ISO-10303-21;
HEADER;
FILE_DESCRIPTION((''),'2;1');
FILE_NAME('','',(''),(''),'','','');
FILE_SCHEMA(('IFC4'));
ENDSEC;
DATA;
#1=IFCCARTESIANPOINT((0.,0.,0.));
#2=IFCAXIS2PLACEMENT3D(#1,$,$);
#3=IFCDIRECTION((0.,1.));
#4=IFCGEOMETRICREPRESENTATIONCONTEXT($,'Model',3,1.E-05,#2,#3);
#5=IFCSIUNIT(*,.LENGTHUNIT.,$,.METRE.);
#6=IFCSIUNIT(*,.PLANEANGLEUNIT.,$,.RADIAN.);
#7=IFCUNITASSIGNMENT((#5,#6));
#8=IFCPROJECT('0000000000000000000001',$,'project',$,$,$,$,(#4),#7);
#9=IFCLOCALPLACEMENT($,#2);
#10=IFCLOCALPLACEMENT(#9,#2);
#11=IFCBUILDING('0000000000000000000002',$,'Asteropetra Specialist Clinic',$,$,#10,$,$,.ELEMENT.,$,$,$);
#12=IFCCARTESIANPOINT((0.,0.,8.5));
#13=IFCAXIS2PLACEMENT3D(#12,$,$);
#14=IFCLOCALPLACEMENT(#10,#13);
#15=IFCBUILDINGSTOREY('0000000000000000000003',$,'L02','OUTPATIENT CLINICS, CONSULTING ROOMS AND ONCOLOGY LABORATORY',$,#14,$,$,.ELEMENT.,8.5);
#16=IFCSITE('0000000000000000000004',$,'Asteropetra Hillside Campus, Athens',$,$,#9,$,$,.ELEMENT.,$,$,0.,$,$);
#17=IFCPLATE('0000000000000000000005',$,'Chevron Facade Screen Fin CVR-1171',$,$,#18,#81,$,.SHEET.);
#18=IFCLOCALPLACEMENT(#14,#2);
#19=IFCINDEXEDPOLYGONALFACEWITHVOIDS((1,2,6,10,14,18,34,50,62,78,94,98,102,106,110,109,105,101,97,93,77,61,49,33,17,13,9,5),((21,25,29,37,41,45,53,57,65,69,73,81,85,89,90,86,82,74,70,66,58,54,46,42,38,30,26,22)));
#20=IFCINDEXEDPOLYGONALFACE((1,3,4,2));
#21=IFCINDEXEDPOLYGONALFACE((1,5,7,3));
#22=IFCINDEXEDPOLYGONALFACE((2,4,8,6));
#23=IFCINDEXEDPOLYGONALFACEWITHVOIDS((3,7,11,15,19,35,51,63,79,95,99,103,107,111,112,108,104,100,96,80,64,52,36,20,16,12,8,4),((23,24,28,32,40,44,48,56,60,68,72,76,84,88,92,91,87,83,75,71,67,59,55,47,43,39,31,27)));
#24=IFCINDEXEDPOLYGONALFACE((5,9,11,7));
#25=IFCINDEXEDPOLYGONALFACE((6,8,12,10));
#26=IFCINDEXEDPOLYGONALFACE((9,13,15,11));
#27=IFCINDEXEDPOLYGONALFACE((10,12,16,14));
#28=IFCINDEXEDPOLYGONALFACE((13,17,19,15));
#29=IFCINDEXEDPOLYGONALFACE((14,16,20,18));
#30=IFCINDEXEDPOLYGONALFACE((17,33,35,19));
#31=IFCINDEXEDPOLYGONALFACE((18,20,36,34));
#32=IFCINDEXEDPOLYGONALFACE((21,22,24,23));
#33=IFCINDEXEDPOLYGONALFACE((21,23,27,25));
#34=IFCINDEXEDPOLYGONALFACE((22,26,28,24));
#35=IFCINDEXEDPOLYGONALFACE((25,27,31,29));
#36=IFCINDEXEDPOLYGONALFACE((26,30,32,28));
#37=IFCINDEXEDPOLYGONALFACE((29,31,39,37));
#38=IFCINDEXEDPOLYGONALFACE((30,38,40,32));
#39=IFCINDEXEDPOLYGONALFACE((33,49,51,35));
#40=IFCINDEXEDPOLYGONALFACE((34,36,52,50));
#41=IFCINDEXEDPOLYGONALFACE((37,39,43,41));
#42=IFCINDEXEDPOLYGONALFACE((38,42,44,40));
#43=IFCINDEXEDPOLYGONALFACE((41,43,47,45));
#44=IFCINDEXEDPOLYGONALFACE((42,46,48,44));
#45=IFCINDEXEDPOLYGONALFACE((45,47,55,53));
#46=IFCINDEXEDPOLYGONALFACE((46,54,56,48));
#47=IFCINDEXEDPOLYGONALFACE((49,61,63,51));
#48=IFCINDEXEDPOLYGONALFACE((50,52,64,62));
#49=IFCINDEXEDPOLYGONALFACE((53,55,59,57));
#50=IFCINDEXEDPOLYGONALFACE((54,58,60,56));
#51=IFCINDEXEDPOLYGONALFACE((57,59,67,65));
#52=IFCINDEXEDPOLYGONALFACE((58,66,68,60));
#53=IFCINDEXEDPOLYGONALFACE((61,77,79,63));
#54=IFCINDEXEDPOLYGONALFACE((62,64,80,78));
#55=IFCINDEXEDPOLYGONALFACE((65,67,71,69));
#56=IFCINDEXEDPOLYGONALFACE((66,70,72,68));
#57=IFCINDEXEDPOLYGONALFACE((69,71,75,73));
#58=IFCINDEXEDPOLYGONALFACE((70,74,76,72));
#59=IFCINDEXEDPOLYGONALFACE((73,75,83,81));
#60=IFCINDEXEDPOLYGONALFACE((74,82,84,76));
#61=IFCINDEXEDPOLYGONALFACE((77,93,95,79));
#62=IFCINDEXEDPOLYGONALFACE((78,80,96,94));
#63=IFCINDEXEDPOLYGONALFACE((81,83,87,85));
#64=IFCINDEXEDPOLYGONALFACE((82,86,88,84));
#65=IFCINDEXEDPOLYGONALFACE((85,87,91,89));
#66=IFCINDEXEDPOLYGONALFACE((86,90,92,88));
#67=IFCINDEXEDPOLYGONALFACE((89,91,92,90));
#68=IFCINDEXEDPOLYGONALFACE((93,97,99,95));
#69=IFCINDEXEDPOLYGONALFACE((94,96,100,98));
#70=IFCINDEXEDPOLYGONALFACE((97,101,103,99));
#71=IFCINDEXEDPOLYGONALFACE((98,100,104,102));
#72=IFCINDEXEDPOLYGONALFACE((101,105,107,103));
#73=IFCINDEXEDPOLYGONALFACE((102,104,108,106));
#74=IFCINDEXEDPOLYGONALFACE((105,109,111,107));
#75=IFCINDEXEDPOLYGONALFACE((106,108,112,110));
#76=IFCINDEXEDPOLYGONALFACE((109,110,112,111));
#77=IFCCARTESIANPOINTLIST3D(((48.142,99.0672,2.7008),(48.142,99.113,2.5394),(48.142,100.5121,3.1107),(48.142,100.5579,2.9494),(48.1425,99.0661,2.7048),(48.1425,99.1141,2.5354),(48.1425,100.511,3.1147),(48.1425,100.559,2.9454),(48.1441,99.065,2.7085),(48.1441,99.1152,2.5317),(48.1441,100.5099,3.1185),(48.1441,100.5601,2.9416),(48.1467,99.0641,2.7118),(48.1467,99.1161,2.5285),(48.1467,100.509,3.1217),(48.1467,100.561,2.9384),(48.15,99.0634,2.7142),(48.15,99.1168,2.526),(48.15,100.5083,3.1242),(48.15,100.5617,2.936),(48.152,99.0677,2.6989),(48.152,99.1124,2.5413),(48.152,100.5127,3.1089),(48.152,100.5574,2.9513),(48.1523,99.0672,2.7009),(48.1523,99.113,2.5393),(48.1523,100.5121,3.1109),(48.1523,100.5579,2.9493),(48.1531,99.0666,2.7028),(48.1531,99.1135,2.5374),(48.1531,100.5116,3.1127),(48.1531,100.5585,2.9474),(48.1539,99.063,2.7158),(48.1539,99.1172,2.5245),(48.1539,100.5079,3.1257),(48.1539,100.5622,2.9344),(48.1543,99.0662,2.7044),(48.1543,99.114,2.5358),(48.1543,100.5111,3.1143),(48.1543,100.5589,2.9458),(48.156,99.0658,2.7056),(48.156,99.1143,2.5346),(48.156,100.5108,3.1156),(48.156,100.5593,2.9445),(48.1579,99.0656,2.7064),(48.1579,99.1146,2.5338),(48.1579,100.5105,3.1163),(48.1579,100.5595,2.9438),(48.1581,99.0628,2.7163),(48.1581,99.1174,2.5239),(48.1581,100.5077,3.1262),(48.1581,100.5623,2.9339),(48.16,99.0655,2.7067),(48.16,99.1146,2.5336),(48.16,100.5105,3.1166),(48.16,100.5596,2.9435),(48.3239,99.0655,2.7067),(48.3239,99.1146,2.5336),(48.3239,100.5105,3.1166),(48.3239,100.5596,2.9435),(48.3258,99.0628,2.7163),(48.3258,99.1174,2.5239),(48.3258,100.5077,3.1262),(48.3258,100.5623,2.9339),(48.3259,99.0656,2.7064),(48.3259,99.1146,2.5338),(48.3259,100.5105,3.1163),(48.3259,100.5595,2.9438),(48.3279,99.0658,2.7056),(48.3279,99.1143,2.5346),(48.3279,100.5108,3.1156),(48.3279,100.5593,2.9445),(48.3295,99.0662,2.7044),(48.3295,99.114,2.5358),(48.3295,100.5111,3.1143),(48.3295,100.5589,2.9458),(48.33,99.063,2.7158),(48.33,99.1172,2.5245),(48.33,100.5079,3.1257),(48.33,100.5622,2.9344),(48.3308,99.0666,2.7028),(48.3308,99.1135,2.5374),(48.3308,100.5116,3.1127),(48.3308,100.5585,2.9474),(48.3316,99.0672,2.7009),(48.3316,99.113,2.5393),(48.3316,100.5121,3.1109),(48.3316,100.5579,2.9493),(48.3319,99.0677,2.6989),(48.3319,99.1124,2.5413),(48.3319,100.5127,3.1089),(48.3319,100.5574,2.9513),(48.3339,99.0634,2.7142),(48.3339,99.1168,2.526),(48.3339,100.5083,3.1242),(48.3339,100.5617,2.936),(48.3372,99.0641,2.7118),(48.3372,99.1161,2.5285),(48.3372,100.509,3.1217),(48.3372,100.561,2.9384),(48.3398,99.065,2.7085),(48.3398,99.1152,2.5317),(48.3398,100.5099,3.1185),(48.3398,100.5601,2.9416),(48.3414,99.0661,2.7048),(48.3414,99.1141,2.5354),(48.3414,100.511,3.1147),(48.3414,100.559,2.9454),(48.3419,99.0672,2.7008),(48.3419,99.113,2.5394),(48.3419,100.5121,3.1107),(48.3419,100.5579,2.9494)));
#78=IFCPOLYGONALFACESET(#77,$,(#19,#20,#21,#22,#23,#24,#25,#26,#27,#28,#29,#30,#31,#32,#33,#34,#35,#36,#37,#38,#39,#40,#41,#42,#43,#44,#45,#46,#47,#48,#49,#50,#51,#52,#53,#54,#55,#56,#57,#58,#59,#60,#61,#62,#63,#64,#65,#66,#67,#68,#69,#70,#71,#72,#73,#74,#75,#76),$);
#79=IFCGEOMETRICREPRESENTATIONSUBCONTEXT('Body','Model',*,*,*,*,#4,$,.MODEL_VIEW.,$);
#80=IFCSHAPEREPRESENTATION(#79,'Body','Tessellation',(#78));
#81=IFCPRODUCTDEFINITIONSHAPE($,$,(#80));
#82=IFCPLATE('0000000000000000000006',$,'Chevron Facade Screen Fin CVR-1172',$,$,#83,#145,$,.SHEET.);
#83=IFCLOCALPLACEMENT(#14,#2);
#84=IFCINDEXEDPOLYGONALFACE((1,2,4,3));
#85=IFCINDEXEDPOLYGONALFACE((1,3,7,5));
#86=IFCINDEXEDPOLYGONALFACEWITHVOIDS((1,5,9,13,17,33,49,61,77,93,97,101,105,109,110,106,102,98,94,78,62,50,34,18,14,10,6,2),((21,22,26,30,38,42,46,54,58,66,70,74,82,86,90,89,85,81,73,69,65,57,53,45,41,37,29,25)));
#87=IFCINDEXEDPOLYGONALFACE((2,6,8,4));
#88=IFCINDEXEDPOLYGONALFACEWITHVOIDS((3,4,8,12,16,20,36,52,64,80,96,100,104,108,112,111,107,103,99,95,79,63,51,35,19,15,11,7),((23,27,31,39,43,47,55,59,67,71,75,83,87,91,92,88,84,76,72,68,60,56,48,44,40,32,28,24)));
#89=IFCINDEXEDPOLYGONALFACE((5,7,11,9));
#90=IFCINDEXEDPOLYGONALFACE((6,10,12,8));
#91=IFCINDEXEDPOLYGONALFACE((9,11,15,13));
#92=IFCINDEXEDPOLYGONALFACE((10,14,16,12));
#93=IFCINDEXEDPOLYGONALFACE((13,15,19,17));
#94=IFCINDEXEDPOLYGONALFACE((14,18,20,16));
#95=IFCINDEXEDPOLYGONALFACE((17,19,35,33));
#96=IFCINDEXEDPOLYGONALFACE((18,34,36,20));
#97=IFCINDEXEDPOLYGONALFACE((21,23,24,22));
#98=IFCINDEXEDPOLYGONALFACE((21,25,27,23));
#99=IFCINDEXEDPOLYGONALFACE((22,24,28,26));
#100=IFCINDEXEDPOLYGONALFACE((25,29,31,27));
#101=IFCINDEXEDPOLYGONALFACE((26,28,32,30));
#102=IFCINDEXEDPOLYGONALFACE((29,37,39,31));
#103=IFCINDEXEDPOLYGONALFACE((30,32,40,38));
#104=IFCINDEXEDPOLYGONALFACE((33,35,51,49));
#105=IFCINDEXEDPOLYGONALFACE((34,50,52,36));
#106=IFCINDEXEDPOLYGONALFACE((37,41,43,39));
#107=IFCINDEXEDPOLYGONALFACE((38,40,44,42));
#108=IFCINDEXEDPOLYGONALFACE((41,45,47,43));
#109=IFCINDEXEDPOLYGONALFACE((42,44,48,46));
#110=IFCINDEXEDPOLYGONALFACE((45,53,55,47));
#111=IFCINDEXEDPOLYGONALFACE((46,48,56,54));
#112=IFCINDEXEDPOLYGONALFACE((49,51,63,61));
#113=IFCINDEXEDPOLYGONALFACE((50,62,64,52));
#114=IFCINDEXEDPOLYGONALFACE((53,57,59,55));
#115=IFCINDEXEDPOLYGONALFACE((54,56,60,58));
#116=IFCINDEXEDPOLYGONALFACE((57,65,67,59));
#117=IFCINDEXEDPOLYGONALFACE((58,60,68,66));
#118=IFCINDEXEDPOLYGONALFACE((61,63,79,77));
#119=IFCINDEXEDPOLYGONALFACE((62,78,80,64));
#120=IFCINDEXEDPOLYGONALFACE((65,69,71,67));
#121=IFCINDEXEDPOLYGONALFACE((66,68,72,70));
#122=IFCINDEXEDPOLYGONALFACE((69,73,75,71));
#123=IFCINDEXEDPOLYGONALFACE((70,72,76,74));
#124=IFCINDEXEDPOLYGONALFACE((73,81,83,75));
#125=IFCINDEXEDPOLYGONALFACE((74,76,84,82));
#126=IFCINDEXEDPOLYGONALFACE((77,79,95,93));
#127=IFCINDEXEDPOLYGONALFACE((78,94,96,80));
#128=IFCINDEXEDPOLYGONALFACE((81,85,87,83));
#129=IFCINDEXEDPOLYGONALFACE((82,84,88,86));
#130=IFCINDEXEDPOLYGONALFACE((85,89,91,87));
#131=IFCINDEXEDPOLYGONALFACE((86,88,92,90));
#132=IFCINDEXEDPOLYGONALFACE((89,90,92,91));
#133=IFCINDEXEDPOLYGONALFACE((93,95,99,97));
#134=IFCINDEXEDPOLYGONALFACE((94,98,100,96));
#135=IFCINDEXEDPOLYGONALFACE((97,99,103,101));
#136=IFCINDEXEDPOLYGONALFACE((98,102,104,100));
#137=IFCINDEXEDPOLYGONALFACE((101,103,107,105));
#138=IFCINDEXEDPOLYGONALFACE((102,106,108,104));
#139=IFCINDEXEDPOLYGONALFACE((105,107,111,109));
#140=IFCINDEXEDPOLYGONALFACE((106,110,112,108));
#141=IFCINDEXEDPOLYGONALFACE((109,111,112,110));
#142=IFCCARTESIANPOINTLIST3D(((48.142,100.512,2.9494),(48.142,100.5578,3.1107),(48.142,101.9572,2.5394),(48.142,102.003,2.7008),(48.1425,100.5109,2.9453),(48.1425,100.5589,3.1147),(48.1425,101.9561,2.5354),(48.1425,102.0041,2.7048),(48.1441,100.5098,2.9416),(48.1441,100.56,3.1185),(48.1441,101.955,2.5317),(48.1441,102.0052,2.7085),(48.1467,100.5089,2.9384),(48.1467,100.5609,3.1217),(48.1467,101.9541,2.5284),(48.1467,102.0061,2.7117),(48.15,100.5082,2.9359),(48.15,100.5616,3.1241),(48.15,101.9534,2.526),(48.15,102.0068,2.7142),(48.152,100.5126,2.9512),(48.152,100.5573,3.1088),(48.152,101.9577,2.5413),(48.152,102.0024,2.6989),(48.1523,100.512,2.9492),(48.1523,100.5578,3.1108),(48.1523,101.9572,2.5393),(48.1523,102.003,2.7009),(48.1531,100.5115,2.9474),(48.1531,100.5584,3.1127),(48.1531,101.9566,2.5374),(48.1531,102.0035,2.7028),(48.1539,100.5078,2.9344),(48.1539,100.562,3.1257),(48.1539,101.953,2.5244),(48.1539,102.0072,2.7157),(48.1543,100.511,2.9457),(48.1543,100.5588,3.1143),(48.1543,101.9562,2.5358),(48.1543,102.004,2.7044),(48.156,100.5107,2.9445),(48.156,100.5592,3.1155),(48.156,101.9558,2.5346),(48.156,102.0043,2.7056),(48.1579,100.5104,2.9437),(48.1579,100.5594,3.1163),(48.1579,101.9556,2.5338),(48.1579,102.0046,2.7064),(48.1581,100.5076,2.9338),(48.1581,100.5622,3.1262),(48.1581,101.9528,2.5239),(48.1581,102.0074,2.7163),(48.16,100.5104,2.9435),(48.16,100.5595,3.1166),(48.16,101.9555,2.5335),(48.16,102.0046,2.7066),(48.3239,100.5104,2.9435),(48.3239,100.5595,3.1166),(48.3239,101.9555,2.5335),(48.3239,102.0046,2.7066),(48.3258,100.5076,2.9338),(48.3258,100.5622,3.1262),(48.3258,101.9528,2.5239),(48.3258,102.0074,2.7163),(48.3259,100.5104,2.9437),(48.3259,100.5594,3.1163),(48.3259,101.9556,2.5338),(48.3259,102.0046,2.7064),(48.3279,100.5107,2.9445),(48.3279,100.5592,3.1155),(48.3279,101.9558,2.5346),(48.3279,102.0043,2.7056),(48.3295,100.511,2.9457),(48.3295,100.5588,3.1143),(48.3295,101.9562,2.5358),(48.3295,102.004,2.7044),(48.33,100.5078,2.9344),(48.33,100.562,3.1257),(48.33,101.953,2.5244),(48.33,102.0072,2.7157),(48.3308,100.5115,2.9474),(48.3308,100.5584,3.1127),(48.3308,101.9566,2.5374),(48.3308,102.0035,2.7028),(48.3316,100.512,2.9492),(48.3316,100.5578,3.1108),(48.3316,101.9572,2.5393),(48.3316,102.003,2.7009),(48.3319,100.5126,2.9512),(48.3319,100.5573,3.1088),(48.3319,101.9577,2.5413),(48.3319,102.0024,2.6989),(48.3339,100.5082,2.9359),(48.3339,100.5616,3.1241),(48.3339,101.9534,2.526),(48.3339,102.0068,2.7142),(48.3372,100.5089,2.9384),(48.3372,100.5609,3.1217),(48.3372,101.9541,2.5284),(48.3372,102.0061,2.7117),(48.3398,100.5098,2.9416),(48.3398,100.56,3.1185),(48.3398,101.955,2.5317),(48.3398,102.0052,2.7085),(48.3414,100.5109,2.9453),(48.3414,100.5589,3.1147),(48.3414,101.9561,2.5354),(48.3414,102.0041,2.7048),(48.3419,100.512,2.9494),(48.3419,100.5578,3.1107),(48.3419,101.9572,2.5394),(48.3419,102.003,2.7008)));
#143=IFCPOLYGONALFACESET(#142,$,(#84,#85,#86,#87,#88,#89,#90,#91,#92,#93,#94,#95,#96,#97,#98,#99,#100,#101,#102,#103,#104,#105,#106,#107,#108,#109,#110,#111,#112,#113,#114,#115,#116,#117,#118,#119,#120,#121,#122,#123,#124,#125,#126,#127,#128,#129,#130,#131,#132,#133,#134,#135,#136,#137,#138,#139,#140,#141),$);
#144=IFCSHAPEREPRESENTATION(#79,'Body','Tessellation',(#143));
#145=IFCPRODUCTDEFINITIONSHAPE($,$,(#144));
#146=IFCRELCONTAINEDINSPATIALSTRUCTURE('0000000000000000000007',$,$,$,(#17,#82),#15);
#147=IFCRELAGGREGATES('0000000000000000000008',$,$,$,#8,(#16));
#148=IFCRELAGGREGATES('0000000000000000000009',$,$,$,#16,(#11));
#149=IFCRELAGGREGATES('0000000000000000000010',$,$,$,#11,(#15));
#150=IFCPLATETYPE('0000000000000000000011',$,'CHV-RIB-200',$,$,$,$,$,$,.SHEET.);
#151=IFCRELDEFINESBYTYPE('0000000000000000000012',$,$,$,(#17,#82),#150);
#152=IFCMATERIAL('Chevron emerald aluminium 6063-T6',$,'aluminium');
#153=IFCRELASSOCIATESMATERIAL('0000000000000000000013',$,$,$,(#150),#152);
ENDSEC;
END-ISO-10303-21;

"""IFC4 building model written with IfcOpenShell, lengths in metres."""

from ifc_helpers import new_model, si_unit, direction, frame, origin, origin_2d, place, context, subcontext, project, spatial, hollow_rectangle, extrude, material, material_profile, profile_set, type_object, element, save


model = new_model("IFC4")

# Units and contexts
model_context = context("Model", 3, precision=1e-05, world=origin(), true_north=direction((0.0, 1.0)))
body_context = subcontext(model_context, "Body", "Model", "MODEL_VIEW")
ifc_project = project(units=[si_unit("LENGTHUNIT", "METRE"), si_unit("PLANEANGLEUNIT", "RADIAN")], contexts=[model_context])

# Site, building, storey
site_placement = place(None, origin())
site = spatial("IfcSite", under=ifc_project, at=site_placement, Name="Asteropetra Hillside Campus, Athens", CompositionType="ELEMENT", RefElevation=0.0)
building_placement = place(site_placement, origin())
building = spatial("IfcBuilding", under=site, at=building_placement, Name="Asteropetra Specialist Clinic", CompositionType="ELEMENT")
storey_placement = place(building_placement, frame((0.0, 0.0, 8.5)))
storey = spatial("IfcBuildingStorey", under=building, at=storey_placement, Name="L02", Description="OUTPATIENT CLINICS, CONSULTING ROOMS AND ONCOLOGY LABORATORY", CompositionType="ELEMENT", Elevation=8.5)

# Plates
ifc_material_1 = material(Name="Chevron emerald aluminium 6063-T6", Category="aluminium")
ifc_material_profile_1 = material_profile(ifc_material_1, hollow_rectangle(XDim=0.2, YDim=0.2, WallThickness=0.01, InnerFilletRadius=0.0081, OuterFilletRadius=0.0161, at=origin_2d()), Name="SHS 200x200x10.0")
ifc_profile_set_1 = profile_set([ifc_material_profile_1], Name="Chevron emerald aluminium 6063-T6")
plate_type_1 = type_object("IfcPlateType", Name="CHV-RIB-200", PredefinedType="SHEET", material=ifc_profile_set_1)
plate_1_placement = place(storey_placement, frame((48.2419, 99.0901, 2.6201), z_axis=(0.0, 0.962031, 0.272939), x_axis=(-1.0, 0.0, 0.0)))
element("IfcPlate", 1, at=plate_1_placement, inside=storey, type_object=plate_type_1, Name="Chevron Facade Screen Fin CVR-1171", PredefinedType="SHEET", context=body_context, shape_type="SweptSolid", body=[
    extrude(hollow_rectangle(XDim=0.2, YDim=0.2, WallThickness=0.01, InnerFilletRadius=0.0081, OuterFilletRadius=0.0161, at=origin_2d()), origin(), (0.0, 0.0, 1.0), 1.502),
])
for number, where, z_axis, x_axis, name in (
    (2, (48.2419, 100.5349, 3.03), (0.0, 0.962044, -0.272896), (-1.0, 0.0, 0.0), "Chevron Facade Screen Fin CVR-1172"),
):
    element("IfcPlate", number, at=place(storey_placement, frame(where, z_axis=z_axis, x_axis=x_axis)), inside=storey, type_object=plate_type_1, Name=name, PredefinedType="SHEET", context=body_context, shape_type="SweptSolid", body=[
        extrude(hollow_rectangle(XDim=0.2, YDim=0.2, WallThickness=0.01, InnerFilletRadius=0.0081, OuterFilletRadius=0.0161, at=origin_2d()), origin(), (0.0, 0.0, 1.0), 1.5022),
    ])

save(model, "model.ifc")
